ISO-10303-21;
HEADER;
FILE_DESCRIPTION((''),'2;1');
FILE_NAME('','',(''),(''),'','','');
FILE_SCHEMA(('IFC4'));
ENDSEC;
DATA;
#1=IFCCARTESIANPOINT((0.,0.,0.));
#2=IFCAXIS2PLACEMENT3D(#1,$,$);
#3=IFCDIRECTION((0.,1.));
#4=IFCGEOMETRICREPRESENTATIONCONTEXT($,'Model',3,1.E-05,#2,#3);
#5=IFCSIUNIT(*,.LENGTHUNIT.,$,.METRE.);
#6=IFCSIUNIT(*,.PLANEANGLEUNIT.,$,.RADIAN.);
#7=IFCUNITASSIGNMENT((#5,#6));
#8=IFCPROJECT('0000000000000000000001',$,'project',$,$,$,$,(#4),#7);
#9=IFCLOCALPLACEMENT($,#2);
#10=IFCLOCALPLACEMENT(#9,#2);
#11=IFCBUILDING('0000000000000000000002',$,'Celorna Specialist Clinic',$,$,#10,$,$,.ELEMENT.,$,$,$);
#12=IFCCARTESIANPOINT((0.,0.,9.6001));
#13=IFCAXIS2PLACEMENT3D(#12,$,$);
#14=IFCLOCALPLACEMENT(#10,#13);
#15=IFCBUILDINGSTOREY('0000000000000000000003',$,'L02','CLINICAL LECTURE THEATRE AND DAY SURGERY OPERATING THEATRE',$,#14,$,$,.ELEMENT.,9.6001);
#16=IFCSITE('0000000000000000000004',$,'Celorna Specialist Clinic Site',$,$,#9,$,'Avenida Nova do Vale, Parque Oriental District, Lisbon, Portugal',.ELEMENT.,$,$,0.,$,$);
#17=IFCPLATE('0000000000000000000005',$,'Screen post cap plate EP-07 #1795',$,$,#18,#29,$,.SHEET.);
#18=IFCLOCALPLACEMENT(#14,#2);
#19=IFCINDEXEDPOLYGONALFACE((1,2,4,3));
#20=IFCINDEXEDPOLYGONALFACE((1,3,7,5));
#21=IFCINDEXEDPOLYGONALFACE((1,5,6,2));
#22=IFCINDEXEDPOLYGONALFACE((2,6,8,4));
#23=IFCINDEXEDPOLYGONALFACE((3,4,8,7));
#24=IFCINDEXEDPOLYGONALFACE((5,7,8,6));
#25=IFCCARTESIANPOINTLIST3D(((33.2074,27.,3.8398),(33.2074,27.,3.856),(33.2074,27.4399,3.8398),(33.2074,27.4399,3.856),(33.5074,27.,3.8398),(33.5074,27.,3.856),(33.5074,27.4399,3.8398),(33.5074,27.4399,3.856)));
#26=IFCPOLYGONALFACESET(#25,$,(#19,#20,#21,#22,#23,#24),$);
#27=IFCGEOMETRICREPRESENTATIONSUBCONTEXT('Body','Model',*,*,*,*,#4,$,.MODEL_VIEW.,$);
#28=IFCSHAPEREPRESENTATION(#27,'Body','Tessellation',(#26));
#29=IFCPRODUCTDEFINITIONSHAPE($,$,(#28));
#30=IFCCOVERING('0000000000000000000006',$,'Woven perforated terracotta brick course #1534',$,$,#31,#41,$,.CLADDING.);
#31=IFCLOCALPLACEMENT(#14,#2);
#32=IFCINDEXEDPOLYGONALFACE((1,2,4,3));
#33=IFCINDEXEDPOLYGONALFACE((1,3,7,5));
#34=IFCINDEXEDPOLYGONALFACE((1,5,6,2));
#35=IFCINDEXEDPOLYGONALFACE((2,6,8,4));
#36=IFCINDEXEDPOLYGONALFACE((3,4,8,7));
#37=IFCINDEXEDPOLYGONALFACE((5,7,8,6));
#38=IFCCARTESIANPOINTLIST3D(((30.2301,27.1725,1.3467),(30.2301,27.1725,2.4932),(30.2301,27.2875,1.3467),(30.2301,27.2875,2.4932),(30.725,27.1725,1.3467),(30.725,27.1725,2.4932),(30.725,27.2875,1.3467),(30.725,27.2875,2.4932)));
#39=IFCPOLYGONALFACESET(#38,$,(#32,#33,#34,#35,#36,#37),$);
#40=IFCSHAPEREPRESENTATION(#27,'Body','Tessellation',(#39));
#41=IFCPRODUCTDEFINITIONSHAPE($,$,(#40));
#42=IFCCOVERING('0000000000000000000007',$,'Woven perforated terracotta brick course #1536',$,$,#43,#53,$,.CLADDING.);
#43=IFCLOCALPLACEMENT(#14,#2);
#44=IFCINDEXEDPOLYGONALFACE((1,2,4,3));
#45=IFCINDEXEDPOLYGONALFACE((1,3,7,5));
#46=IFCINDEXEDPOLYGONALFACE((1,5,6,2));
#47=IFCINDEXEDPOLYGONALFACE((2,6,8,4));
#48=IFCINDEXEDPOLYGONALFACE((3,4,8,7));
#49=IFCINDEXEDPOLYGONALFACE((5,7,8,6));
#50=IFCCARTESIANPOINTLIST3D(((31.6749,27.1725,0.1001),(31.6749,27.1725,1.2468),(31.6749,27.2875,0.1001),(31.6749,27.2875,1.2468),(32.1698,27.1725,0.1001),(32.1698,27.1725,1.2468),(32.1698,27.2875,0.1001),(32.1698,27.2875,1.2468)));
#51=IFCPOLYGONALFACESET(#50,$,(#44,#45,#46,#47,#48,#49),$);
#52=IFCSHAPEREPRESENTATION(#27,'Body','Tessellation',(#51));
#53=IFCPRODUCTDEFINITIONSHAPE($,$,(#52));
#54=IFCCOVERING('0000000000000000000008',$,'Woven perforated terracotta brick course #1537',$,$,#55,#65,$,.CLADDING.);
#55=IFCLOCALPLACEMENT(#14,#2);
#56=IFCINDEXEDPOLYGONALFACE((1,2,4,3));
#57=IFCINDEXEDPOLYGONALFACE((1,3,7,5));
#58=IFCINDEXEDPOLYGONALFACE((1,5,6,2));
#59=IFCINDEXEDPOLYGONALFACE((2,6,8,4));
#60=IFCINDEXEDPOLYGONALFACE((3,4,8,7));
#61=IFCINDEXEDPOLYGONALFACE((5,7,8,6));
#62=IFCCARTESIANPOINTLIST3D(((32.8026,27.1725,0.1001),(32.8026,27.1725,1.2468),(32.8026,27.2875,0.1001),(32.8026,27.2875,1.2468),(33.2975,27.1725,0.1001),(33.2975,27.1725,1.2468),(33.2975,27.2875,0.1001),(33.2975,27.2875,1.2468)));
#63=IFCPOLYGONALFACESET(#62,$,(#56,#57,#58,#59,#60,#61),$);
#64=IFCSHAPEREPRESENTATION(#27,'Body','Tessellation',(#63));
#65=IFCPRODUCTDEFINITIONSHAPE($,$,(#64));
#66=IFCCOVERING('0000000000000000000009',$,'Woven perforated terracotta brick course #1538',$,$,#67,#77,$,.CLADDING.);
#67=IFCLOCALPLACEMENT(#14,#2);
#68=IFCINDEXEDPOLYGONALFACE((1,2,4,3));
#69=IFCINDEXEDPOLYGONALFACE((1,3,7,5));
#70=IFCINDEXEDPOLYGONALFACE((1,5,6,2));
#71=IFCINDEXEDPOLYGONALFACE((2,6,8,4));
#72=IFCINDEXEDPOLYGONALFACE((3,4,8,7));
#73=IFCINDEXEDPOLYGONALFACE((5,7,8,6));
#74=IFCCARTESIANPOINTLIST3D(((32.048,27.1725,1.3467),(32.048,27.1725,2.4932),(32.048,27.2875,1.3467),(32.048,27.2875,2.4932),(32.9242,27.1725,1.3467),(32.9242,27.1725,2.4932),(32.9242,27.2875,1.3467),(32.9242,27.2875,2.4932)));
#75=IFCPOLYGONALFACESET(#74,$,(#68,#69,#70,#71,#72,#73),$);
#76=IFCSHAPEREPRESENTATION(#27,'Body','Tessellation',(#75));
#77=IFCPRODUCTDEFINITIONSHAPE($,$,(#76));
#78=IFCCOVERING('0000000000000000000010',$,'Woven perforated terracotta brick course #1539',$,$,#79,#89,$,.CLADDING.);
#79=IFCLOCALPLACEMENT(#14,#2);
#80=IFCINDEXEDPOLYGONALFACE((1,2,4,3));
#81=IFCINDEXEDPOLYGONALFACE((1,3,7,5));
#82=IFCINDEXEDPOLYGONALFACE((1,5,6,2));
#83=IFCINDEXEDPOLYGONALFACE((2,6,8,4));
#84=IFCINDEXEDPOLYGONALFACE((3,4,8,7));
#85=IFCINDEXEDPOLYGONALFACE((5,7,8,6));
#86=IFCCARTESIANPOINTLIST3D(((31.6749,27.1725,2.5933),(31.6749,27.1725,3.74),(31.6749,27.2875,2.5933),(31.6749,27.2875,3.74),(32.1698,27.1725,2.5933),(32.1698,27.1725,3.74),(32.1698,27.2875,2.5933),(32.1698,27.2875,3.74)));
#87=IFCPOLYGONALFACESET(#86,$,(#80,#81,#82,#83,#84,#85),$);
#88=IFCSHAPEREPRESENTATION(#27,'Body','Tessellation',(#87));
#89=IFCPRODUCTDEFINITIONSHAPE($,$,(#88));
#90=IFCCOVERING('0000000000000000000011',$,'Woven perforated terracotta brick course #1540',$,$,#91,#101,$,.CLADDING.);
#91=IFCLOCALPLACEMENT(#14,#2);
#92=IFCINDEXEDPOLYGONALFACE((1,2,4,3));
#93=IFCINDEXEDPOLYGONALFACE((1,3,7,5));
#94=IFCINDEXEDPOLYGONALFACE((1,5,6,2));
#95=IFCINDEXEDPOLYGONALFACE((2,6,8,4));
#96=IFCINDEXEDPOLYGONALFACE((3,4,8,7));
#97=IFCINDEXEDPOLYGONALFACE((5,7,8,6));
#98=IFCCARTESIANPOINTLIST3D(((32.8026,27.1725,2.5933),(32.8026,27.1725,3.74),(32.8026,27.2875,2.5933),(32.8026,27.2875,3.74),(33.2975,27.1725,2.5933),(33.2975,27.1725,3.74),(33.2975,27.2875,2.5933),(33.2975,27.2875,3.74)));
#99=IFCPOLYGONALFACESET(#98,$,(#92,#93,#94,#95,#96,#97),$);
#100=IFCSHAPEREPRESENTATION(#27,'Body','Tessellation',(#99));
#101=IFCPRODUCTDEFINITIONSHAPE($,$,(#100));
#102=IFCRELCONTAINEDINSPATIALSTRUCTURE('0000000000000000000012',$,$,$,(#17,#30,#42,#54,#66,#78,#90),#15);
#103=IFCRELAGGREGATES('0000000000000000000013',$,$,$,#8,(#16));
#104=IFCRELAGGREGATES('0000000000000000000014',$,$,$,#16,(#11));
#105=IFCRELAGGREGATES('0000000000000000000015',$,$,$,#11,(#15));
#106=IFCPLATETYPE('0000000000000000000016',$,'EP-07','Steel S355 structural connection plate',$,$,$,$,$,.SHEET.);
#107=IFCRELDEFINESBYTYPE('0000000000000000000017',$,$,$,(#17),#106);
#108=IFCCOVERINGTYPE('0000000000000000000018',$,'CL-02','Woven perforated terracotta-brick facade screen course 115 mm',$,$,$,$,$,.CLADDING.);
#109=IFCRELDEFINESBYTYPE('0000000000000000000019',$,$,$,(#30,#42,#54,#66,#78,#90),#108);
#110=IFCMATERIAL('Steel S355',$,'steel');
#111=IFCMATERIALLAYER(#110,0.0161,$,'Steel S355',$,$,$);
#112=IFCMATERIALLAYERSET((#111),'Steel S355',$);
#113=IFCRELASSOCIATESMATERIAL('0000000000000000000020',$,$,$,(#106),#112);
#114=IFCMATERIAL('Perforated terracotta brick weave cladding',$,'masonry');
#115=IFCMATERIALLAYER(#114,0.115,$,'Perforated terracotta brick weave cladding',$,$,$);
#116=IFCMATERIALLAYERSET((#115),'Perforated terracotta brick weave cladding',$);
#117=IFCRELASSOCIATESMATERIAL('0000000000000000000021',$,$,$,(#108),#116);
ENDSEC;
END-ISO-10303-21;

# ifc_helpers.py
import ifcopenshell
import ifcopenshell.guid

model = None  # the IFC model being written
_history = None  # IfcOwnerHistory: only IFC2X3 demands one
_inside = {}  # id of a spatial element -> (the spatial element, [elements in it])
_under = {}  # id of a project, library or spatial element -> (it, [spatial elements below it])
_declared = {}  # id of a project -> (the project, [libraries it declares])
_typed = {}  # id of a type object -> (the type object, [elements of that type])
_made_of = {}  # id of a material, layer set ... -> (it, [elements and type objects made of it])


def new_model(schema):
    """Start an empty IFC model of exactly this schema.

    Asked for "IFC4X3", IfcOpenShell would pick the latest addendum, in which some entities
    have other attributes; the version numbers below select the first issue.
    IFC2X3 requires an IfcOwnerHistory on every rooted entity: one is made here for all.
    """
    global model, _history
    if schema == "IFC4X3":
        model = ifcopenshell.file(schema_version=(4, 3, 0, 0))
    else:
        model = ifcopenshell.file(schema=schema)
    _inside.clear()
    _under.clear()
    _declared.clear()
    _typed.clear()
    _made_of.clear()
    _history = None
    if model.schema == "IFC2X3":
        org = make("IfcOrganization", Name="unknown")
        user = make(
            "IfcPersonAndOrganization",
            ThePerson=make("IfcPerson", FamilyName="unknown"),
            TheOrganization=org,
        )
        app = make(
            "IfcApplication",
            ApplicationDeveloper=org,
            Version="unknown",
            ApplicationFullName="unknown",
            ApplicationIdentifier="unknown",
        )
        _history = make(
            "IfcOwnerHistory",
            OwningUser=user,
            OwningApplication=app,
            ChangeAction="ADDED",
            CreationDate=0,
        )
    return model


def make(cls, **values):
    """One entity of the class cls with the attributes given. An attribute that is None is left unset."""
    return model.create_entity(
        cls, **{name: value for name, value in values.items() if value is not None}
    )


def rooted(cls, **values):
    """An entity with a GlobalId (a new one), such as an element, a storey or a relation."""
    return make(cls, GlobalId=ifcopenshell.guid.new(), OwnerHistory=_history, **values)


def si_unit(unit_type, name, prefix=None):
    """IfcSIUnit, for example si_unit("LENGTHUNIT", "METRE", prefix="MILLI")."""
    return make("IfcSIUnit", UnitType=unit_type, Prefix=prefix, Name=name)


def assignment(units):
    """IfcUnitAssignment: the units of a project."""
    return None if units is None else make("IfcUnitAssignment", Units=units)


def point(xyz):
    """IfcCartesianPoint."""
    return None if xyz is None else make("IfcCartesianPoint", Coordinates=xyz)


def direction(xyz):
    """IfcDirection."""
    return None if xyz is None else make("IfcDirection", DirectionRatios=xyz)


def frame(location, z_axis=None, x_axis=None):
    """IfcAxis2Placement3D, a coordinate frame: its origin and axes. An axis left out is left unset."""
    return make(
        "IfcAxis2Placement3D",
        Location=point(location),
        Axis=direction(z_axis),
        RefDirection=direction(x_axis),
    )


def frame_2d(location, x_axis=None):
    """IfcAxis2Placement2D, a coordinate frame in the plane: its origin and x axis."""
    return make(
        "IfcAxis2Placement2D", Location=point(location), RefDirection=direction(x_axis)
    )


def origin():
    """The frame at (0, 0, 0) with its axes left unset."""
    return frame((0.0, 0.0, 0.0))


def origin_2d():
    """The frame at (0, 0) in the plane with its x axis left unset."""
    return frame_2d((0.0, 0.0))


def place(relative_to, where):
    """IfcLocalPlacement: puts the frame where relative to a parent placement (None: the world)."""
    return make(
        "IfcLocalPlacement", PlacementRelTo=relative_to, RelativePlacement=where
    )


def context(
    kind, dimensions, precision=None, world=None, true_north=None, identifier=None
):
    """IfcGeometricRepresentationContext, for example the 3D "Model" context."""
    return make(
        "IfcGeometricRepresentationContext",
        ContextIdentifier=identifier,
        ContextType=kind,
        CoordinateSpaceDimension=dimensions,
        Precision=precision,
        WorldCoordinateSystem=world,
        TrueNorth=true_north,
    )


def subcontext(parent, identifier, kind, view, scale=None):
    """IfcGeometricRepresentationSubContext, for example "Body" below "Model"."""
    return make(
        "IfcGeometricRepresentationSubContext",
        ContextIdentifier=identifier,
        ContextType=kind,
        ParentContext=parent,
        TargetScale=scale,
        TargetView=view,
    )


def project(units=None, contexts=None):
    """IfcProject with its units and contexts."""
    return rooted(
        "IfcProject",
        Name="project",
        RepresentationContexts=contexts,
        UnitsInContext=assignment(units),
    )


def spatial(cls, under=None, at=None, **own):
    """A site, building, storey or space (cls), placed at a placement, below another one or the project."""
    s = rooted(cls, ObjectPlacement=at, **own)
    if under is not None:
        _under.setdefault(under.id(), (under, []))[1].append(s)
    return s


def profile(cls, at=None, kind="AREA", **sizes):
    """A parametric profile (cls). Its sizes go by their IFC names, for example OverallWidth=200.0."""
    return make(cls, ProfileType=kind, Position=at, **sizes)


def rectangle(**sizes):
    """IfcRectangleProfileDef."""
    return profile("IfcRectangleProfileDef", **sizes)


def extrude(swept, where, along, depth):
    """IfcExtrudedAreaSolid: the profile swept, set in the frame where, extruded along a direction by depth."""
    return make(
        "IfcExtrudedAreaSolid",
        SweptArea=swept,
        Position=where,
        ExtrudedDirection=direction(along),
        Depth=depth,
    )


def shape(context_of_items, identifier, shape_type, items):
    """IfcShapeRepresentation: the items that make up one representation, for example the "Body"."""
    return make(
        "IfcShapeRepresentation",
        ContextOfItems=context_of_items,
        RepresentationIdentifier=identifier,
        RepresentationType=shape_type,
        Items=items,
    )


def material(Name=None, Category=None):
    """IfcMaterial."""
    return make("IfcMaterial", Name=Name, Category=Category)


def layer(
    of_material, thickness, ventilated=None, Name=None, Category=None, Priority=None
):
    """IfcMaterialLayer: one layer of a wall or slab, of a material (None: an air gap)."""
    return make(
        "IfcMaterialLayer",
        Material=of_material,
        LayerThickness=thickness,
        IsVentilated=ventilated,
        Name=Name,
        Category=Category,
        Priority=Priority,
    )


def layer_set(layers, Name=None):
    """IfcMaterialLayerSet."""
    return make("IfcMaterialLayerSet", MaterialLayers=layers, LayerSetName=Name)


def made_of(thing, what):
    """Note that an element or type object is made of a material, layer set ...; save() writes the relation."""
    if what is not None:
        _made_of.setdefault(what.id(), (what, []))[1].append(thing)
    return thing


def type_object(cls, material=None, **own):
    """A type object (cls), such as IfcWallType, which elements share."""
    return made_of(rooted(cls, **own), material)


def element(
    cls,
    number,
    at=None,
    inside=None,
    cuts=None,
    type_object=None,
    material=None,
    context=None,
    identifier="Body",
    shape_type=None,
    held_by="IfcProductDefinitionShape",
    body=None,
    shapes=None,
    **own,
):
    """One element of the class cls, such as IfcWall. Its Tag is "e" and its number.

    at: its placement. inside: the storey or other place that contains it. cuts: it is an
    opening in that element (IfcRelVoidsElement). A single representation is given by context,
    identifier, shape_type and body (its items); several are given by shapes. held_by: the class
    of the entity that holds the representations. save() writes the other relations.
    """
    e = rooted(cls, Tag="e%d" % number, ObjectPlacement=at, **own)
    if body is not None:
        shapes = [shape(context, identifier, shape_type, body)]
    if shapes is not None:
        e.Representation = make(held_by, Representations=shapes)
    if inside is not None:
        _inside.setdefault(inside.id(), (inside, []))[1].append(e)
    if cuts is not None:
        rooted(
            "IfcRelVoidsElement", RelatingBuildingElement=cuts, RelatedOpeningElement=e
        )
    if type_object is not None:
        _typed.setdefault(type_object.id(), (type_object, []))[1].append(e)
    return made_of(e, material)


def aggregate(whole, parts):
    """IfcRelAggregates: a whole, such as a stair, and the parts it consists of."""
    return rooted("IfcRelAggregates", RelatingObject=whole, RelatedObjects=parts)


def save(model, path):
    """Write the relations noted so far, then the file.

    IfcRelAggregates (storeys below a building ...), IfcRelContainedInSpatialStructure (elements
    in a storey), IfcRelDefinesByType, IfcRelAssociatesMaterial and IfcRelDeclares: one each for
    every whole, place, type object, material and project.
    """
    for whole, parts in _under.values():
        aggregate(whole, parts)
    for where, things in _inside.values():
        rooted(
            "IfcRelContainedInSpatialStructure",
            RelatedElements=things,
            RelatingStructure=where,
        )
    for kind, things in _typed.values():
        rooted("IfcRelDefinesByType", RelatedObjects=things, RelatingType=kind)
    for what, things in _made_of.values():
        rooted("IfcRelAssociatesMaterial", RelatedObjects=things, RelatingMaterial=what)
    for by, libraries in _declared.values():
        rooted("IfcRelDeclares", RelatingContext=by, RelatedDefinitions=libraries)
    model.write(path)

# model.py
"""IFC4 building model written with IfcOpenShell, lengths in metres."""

from ifc_helpers import new_model, si_unit, direction, frame, origin, origin_2d, place, context, subcontext, project, spatial, rectangle, extrude, material, layer, layer_set, type_object, element, save


model = new_model("IFC4")

# Units and contexts
model_context = context("Model", 3, precision=1e-05, world=origin(), true_north=direction((0.0, 1.0)))
body_context = subcontext(model_context, "Body", "Model", "MODEL_VIEW")
ifc_project = project(units=[si_unit("LENGTHUNIT", "METRE"), si_unit("PLANEANGLEUNIT", "RADIAN")], contexts=[model_context])

# Site, building, storey
site_placement = place(None, origin())
site = spatial("IfcSite", under=ifc_project, at=site_placement, Name="Celorna Specialist Clinic Site", LongName="Avenida Nova do Vale, Parque Oriental District, Lisbon, Portugal", CompositionType="ELEMENT", RefElevation=0.0)
building_placement = place(site_placement, origin())
building = spatial("IfcBuilding", under=site, at=building_placement, Name="Celorna Specialist Clinic", CompositionType="ELEMENT")
storey_placement = place(building_placement, frame((0.0, 0.0, 9.6001)))
storey = spatial("IfcBuildingStorey", under=building, at=storey_placement, Name="L02", Description="CLINICAL LECTURE THEATRE AND DAY SURGERY OPERATING THEATRE", CompositionType="ELEMENT", Elevation=9.6001)

# Shared definitions
ifc_material_1 = material(Name="Steel S355", Category="steel")

# Plate
ifc_layer_1 = layer(ifc_material_1, 0.0161, Name="Steel S355")
ifc_layer_set_1 = layer_set([ifc_layer_1], Name="Steel S355")
plate_type_1 = type_object("IfcPlateType", Name="EP-07", Description="Steel S355 structural connection plate", PredefinedType="SHEET", material=ifc_layer_set_1)
for number, where, z_axis, x_axis, name in (
    (1, (33.3574, 27.22, 3.8398), (0.0, 0.0, 1.0), (1.0, 0.0, 0.0), "Screen post cap plate EP-07 #1795"),
):
    element("IfcPlate", number, at=place(storey_placement, frame(where, z_axis=z_axis, x_axis=x_axis)), inside=storey, type_object=plate_type_1, Name=name, PredefinedType="SHEET", context=body_context, shape_type="SweptSolid", body=[
        extrude(rectangle(XDim=0.3, YDim=0.4399, at=origin_2d()), origin(), (0.0, 0.0, 1.0), 0.0161),
    ])

# Coverings
ifc_material_2 = material(Name="Perforated terracotta brick weave cladding", Category="masonry")
ifc_layer_2 = layer(ifc_material_2, 0.115, Name="Perforated terracotta brick weave cladding")
ifc_layer_set_2 = layer_set([ifc_layer_2], Name="Perforated terracotta brick weave cladding")
covering_type = type_object("IfcCoveringType", Name="CL-02", Description="Woven perforated terracotta-brick facade screen course 115 mm", PredefinedType="CLADDING", material=ifc_layer_set_2)
covering_1_placement = place(storey_placement, frame((30.4775, 27.23, 1.3467), z_axis=(0.0, 0.0, 1.0), x_axis=(1.0, 0.0, 0.0)))
element("IfcCovering", 2, at=covering_1_placement, inside=storey, type_object=covering_type, Name="Woven perforated terracotta brick course #1534", PredefinedType="CLADDING", context=body_context, shape_type="SweptSolid", body=[
    extrude(rectangle(XDim=0.4949, YDim=0.115, at=origin_2d()), origin(), (0.0, 0.0, 1.0), 1.1465),
])
for number, where, z_axis, x_axis, name in (
    (3, (31.9224, 27.23, 0.1001), (0.0, 0.0, 1.0), (1.0, 0.0, 0.0), "Woven perforated terracotta brick course #1536"),
    (4, (33.05, 27.23, 0.1001), (0.0, 0.0, 1.0), (1.0, 0.0, 0.0), "Woven perforated terracotta brick course #1537"),
):
    element("IfcCovering", number, at=place(storey_placement, frame(where, z_axis=z_axis, x_axis=x_axis)), inside=storey, type_object=covering_type, Name=name, PredefinedType="CLADDING", context=body_context, shape_type="SweptSolid", body=[
        extrude(rectangle(XDim=0.4949, YDim=0.115, at=origin_2d()), origin(), (0.0, 0.0, 1.0), 1.1467),
    ])
covering_2_placement = place(storey_placement, frame((32.4861, 27.23, 1.3467), z_axis=(0.0, 0.0, 1.0), x_axis=(1.0, 0.0, 0.0)))
element("IfcCovering", 5, at=covering_2_placement, inside=storey, type_object=covering_type, Name="Woven perforated terracotta brick course #1538", PredefinedType="CLADDING", context=body_context, shape_type="SweptSolid", body=[
    extrude(rectangle(XDim=0.8762, YDim=0.115, at=origin_2d()), origin(), (0.0, 0.0, 1.0), 1.1465),
])
for number, where, z_axis, x_axis, name in (
    (6, (31.9224, 27.23, 2.5933), (0.0, 0.0, 1.0), (1.0, 0.0, 0.0), "Woven perforated terracotta brick course #1539"),
    (7, (33.05, 27.23, 2.5933), (0.0, 0.0, 1.0), (1.0, 0.0, 0.0), "Woven perforated terracotta brick course #1540"),
):
    element("IfcCovering", number, at=place(storey_placement, frame(where, z_axis=z_axis, x_axis=x_axis)), inside=storey, type_object=covering_type, Name=name, PredefinedType="CLADDING", context=body_context, shape_type="SweptSolid", body=[
        extrude(rectangle(XDim=0.4949, YDim=0.115, at=origin_2d()), origin(), (0.0, 0.0, 1.0), 1.1467),
    ])

save(model, "model.ifc")
